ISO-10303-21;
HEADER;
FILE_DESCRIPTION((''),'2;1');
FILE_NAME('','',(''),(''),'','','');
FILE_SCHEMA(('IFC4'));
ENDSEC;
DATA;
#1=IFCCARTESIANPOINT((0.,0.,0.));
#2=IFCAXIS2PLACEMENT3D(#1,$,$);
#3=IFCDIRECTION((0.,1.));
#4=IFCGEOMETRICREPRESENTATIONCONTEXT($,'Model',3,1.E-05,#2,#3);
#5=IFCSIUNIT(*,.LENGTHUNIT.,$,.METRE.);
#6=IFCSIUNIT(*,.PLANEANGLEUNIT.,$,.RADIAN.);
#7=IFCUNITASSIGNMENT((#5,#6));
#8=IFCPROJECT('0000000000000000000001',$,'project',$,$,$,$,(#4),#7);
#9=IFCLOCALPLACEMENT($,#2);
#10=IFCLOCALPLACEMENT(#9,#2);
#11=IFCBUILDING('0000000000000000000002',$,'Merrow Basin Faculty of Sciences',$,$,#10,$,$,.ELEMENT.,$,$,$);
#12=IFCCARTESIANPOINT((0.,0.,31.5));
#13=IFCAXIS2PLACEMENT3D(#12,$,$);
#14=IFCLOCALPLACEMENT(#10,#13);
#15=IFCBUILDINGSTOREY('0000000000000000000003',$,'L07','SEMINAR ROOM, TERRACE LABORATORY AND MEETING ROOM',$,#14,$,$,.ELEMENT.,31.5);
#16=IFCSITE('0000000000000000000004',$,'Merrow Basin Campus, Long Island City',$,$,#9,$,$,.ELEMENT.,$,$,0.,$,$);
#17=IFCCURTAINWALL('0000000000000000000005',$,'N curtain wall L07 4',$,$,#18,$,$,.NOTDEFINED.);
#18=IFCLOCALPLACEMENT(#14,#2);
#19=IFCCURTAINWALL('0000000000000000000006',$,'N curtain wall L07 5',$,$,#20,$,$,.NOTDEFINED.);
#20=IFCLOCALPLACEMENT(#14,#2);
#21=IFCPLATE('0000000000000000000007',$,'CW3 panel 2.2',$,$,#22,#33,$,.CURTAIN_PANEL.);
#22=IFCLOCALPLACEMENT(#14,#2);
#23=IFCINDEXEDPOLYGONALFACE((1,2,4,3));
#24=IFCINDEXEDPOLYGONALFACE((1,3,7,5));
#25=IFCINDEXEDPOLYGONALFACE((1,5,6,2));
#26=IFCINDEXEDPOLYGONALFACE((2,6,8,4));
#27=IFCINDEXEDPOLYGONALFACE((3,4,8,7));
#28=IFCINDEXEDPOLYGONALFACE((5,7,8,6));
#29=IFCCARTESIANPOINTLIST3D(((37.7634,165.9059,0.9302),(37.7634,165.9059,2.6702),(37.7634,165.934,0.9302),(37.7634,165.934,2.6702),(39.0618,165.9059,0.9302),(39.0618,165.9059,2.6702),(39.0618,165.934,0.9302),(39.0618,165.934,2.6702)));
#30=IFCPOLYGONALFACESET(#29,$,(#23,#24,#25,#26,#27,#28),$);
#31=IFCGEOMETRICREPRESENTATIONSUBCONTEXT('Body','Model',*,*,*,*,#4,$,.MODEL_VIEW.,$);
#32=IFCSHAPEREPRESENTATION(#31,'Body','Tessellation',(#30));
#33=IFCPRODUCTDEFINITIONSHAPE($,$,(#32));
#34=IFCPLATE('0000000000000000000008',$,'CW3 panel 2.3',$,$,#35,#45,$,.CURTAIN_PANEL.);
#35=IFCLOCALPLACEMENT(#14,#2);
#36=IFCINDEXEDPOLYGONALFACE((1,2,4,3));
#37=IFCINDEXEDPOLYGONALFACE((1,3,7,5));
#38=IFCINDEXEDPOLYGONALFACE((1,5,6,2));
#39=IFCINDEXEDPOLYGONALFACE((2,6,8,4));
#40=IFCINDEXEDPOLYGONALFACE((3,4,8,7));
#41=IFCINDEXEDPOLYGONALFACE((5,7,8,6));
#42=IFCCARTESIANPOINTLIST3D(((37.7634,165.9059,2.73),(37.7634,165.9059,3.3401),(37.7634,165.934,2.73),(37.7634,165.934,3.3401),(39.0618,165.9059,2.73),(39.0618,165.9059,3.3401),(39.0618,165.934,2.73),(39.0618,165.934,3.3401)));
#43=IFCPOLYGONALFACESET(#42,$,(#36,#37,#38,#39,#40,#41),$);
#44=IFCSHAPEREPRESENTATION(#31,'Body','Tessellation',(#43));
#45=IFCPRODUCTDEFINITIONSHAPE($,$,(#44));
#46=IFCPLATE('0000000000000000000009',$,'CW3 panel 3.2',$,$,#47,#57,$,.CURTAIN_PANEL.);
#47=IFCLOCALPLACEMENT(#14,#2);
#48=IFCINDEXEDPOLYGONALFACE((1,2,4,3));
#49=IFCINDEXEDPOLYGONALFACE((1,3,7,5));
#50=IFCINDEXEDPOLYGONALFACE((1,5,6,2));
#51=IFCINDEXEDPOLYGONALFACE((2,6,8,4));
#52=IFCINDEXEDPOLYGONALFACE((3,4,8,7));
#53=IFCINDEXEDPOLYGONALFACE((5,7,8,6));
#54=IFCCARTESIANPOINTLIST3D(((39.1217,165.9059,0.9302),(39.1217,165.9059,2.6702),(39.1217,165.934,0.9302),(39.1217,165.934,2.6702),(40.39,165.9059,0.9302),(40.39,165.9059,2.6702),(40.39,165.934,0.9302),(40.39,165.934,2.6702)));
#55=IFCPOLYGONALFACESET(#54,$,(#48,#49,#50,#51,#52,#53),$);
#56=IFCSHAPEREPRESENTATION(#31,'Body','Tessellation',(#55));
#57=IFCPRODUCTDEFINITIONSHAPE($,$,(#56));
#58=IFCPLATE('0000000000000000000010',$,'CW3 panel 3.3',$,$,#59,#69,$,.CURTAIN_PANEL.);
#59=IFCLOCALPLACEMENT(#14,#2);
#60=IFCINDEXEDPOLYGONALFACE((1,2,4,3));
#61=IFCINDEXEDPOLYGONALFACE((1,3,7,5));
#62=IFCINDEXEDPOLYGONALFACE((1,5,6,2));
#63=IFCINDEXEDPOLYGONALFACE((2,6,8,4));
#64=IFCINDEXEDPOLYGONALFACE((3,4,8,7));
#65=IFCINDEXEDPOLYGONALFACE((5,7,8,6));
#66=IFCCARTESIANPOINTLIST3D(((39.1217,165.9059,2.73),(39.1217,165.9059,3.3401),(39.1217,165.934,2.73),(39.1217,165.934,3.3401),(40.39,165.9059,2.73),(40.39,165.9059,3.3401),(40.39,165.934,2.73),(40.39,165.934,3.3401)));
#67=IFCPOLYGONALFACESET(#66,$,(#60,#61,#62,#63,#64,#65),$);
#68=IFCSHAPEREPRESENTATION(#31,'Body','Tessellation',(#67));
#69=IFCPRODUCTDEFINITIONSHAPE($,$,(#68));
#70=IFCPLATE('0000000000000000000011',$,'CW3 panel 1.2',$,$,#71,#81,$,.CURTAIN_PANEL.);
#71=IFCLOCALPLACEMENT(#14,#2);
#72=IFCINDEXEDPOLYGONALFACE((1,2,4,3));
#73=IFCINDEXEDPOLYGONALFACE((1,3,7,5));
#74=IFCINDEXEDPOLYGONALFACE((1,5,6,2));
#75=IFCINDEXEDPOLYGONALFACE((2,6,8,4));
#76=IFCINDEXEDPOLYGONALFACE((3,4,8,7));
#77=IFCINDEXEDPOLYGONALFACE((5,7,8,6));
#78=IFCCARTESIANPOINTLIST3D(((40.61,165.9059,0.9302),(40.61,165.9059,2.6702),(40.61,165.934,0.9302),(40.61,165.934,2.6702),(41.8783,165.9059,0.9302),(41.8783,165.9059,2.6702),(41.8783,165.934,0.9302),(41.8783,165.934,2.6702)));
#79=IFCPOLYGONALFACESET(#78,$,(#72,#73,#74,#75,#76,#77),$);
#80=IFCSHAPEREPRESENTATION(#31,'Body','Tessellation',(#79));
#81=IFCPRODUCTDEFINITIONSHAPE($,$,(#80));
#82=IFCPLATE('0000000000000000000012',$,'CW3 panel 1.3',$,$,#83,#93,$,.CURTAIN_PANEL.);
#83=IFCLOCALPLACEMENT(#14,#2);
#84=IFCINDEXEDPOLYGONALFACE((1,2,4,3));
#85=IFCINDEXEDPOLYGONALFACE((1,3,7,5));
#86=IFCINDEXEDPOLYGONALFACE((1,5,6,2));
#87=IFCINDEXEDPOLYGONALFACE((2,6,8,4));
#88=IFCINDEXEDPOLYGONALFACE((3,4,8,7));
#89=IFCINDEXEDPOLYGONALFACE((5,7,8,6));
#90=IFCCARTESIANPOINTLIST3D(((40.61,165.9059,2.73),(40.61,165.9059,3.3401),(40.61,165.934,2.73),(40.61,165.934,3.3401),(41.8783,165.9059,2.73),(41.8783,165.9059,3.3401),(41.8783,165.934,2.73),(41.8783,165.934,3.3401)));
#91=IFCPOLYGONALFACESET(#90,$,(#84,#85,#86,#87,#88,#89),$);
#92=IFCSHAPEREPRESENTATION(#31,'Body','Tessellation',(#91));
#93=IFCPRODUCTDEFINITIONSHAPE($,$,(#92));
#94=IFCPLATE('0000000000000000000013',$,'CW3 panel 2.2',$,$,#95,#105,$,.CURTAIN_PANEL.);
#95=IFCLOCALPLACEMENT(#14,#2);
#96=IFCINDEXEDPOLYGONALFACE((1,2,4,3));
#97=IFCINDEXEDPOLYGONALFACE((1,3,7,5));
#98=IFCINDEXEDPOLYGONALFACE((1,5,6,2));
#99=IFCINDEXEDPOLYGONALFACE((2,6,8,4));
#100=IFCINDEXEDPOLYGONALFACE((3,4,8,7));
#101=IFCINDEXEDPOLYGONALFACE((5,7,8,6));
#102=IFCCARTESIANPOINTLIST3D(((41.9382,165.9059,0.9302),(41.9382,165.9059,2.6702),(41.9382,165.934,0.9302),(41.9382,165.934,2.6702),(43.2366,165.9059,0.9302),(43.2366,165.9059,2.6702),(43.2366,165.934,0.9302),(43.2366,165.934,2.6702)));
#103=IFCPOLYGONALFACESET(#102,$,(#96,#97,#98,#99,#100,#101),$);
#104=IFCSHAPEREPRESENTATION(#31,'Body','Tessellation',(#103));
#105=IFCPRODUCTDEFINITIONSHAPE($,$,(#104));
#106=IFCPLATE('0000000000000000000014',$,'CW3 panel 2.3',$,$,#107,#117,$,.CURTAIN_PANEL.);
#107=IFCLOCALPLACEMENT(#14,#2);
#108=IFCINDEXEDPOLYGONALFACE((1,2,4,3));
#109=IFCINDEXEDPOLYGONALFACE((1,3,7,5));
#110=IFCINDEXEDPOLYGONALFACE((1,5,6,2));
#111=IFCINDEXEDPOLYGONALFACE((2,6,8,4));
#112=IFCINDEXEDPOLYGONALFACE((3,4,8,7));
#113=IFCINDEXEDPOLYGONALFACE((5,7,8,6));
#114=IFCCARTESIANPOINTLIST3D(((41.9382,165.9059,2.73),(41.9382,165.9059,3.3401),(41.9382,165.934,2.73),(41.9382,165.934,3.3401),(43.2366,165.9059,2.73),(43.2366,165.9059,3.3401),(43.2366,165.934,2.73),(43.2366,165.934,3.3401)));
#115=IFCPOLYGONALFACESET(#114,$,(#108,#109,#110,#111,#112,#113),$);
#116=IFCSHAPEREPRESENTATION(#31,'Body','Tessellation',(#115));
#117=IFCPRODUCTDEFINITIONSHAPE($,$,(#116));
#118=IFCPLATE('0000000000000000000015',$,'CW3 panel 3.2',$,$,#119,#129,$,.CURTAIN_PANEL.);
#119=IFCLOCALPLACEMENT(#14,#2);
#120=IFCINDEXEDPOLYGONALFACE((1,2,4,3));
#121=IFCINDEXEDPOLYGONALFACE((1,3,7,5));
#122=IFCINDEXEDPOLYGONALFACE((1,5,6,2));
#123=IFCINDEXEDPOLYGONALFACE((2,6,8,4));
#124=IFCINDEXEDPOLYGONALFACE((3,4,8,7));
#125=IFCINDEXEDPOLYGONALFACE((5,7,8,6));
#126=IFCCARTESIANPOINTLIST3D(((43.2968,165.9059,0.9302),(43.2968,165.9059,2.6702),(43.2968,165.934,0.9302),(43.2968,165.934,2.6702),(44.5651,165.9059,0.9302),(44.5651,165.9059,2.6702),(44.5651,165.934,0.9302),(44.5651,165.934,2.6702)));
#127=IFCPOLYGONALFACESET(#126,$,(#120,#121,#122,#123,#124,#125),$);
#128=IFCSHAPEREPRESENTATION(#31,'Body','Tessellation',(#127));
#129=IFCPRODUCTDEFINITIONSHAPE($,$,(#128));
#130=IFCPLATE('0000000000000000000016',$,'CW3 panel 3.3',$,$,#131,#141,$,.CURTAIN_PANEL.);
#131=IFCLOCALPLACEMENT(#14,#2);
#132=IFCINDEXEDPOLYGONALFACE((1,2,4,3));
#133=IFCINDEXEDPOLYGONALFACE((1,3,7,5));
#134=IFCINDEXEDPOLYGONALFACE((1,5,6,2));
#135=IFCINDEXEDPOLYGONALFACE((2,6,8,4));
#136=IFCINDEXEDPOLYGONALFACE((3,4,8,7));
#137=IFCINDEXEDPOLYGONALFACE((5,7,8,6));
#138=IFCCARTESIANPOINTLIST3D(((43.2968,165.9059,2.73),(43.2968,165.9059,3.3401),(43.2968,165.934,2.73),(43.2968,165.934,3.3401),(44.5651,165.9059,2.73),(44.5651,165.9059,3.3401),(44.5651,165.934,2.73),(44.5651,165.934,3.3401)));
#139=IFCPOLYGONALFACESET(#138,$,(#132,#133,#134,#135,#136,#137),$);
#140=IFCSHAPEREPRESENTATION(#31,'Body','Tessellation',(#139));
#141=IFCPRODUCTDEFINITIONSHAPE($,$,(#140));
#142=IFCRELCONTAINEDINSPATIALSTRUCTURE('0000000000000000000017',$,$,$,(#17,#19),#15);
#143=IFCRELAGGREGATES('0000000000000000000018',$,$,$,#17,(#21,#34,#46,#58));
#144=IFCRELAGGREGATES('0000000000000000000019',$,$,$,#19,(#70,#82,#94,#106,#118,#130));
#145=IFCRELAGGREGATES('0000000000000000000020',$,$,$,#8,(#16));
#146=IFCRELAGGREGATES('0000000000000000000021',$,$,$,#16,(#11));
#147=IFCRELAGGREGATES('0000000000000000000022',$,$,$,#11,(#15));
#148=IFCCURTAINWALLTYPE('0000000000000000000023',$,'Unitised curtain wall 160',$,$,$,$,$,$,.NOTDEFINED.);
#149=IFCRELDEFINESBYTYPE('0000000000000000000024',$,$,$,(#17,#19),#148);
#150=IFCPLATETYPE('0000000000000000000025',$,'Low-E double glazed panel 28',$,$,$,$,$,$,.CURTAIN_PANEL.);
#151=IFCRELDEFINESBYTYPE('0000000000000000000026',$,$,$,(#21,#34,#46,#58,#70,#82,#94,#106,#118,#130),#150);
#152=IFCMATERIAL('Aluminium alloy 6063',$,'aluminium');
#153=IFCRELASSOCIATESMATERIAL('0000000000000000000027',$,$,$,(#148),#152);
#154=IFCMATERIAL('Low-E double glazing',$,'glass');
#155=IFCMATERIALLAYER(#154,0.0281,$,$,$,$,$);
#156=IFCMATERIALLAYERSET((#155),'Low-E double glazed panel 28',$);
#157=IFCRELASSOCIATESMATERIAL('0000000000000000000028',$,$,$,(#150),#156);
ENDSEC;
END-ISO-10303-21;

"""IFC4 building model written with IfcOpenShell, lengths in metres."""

from ifc_helpers import new_model, si_unit, direction, frame, origin, origin_2d, place, context, subcontext, project, spatial, rectangle, extrude, material, layer, layer_set, type_object, element, aggregate, save


model = new_model("IFC4")

# Units and contexts
model_context = context("Model", 3, precision=1e-05, world=origin(), true_north=direction((0.0, 1.0)))
body_context = subcontext(model_context, "Body", "Model", "MODEL_VIEW")
ifc_project = project(units=[si_unit("LENGTHUNIT", "METRE"), si_unit("PLANEANGLEUNIT", "RADIAN")], contexts=[model_context])

# Site, building, storey
site_placement = place(None, origin())
site = spatial("IfcSite", under=ifc_project, at=site_placement, Name="Merrow Basin Campus, Long Island City", CompositionType="ELEMENT", RefElevation=0.0)
building_placement = place(site_placement, origin())
building = spatial("IfcBuilding", under=site, at=building_placement, Name="Merrow Basin Faculty of Sciences", CompositionType="ELEMENT")
storey_placement = place(building_placement, frame((0.0, 0.0, 31.5)))
storey = spatial("IfcBuildingStorey", under=building, at=storey_placement, Name="L07", Description="SEMINAR ROOM, TERRACE LABORATORY AND MEETING ROOM", CompositionType="ELEMENT", Elevation=31.5)

# Curtain walls
ifc_material_1 = material(Name="Aluminium alloy 6063", Category="aluminium")
curtain_wall_type = type_object("IfcCurtainWallType", Name="Unitised curtain wall 160", PredefinedType="NOTDEFINED", material=ifc_material_1)
curtain_wall_1_placement = place(storey_placement, origin())
curtain_wall_1 = element("IfcCurtainWall", 1, at=curtain_wall_1_placement, inside=storey, type_object=curtain_wall_type, Name="N curtain wall L07 4", PredefinedType="NOTDEFINED")
curtain_wall_2_placement = place(storey_placement, origin())
curtain_wall_2 = element("IfcCurtainWall", 2, at=curtain_wall_2_placement, inside=storey, type_object=curtain_wall_type, Name="N curtain wall L07 5", PredefinedType="NOTDEFINED")

# Plates
ifc_material_2 = material(Name="Low-E double glazing", Category="glass")
ifc_layer_1 = layer(ifc_material_2, 0.0281)
ifc_layer_set_1 = layer_set([ifc_layer_1], Name="Low-E double glazed panel 28")
plate_type_1 = type_object("IfcPlateType", Name="Low-E double glazed panel 28", PredefinedType="CURTAIN_PANEL", material=ifc_layer_set_1)
plate_1_placement = place(storey_placement, frame((38.4126, 165.9199, 0.9302), z_axis=(0.0, 0.0, 1.0), x_axis=(1.0, 0.0, 0.0)))
plate_1 = element("IfcPlate", 3, at=plate_1_placement, type_object=plate_type_1, Name="CW3 panel 2.2", PredefinedType="CURTAIN_PANEL", context=body_context, shape_type="SweptSolid", body=[
    extrude(rectangle(XDim=1.2983, YDim=0.0281, at=origin_2d()), origin(), (0.0, 0.0, 1.0), 1.74),
])
plate_2_placement = place(storey_placement, frame((38.4126, 165.9199, 2.73), z_axis=(0.0, 0.0, 1.0), x_axis=(1.0, 0.0, 0.0)))
plate_2 = element("IfcPlate", 4, at=plate_2_placement, type_object=plate_type_1, Name="CW3 panel 2.3", PredefinedType="CURTAIN_PANEL", context=body_context, shape_type="SweptSolid", body=[
    extrude(rectangle(XDim=1.2983, YDim=0.0281, at=origin_2d()), origin(), (0.0, 0.0, 1.0), 0.6101),
])
plate_3_placement = place(storey_placement, frame((39.7559, 165.9199, 0.9302), z_axis=(0.0, 0.0, 1.0), x_axis=(1.0, 0.0, 0.0)))
plate_3 = element("IfcPlate", 5, at=plate_3_placement, type_object=plate_type_1, Name="CW3 panel 3.2", PredefinedType="CURTAIN_PANEL", context=body_context, shape_type="SweptSolid", body=[
    extrude(rectangle(XDim=1.2683, YDim=0.0281, at=origin_2d()), origin(), (0.0, 0.0, 1.0), 1.74),
])
plate_4_placement = place(storey_placement, frame((39.7559, 165.9199, 2.73), z_axis=(0.0, 0.0, 1.0), x_axis=(1.0, 0.0, 0.0)))
plate_4 = element("IfcPlate", 6, at=plate_4_placement, type_object=plate_type_1, Name="CW3 panel 3.3", PredefinedType="CURTAIN_PANEL", context=body_context, shape_type="SweptSolid", body=[
    extrude(rectangle(XDim=1.2683, YDim=0.0281, at=origin_2d()), origin(), (0.0, 0.0, 1.0), 0.6101),
])
aggregate(curtain_wall_1, [plate_1, plate_2, plate_3, plate_4])
plate_5_placement = place(storey_placement, frame((41.2441, 165.9199, 0.9302), z_axis=(0.0, 0.0, 1.0), x_axis=(1.0, 0.0, 0.0)))
plate_5 = element("IfcPlate", 7, at=plate_5_placement, type_object=plate_type_1, Name="CW3 panel 1.2", PredefinedType="CURTAIN_PANEL", context=body_context, shape_type="SweptSolid", body=[
    extrude(rectangle(XDim=1.2683, YDim=0.0281, at=origin_2d()), origin(), (0.0, 0.0, 1.0), 1.74),
])
plate_6_placement = place(storey_placement, frame((41.2441, 165.9199, 2.73), z_axis=(0.0, 0.0, 1.0), x_axis=(1.0, 0.0, 0.0)))
plate_6 = element("IfcPlate", 8, at=plate_6_placement, type_object=plate_type_1, Name="CW3 panel 1.3", PredefinedType="CURTAIN_PANEL", context=body_context, shape_type="SweptSolid", body=[
    extrude(rectangle(XDim=1.2683, YDim=0.0281, at=origin_2d()), origin(), (0.0, 0.0, 1.0), 0.6101),
])
plate_7_placement = place(storey_placement, frame((42.5874, 165.9199, 0.9302), z_axis=(0.0, 0.0, 1.0), x_axis=(1.0, 0.0, 0.0)))
plate_7 = element("IfcPlate", 9, at=plate_7_placement, type_object=plate_type_1, Name="CW3 panel 2.2", PredefinedType="CURTAIN_PANEL", context=body_context, shape_type="SweptSolid", body=[
    extrude(rectangle(XDim=1.2983, YDim=0.0281, at=origin_2d()), origin(), (0.0, 0.0, 1.0), 1.74),
])
plate_8_placement = place(storey_placement, frame((42.5874, 165.9199, 2.73), z_axis=(0.0, 0.0, 1.0), x_axis=(1.0, 0.0, 0.0)))
plate_8 = element("IfcPlate", 10, at=plate_8_placement, type_object=plate_type_1, Name="CW3 panel 2.3", PredefinedType="CURTAIN_PANEL", context=body_context, shape_type="SweptSolid", body=[
    extrude(rectangle(XDim=1.2983, YDim=0.0281, at=origin_2d()), origin(), (0.0, 0.0, 1.0), 0.6101),
])
plate_9_placement = place(storey_placement, frame((43.9309, 165.9199, 0.9302), z_axis=(0.0, 0.0, 1.0), x_axis=(1.0, 0.0, 0.0)))
plate_9 = element("IfcPlate", 11, at=plate_9_placement, type_object=plate_type_1, Name="CW3 panel 3.2", PredefinedType="CURTAIN_PANEL", context=body_context, shape_type="SweptSolid", body=[
    extrude(rectangle(XDim=1.2683, YDim=0.0281, at=origin_2d()), origin(), (0.0, 0.0, 1.0), 1.74),
])
plate_10_placement = place(storey_placement, frame((43.9309, 165.9199, 2.73), z_axis=(0.0, 0.0, 1.0), x_axis=(1.0, 0.0, 0.0)))
plate_10 = element("IfcPlate", 12, at=plate_10_placement, type_object=plate_type_1, Name="CW3 panel 3.3", PredefinedType="CURTAIN_PANEL", context=body_context, shape_type="SweptSolid", body=[
    extrude(rectangle(XDim=1.2683, YDim=0.0281, at=origin_2d()), origin(), (0.0, 0.0, 1.0), 0.6101),
])
aggregate(curtain_wall_2, [plate_5, plate_6, plate_7, plate_8, plate_9, plate_10])

save(model, "model.ifc")
